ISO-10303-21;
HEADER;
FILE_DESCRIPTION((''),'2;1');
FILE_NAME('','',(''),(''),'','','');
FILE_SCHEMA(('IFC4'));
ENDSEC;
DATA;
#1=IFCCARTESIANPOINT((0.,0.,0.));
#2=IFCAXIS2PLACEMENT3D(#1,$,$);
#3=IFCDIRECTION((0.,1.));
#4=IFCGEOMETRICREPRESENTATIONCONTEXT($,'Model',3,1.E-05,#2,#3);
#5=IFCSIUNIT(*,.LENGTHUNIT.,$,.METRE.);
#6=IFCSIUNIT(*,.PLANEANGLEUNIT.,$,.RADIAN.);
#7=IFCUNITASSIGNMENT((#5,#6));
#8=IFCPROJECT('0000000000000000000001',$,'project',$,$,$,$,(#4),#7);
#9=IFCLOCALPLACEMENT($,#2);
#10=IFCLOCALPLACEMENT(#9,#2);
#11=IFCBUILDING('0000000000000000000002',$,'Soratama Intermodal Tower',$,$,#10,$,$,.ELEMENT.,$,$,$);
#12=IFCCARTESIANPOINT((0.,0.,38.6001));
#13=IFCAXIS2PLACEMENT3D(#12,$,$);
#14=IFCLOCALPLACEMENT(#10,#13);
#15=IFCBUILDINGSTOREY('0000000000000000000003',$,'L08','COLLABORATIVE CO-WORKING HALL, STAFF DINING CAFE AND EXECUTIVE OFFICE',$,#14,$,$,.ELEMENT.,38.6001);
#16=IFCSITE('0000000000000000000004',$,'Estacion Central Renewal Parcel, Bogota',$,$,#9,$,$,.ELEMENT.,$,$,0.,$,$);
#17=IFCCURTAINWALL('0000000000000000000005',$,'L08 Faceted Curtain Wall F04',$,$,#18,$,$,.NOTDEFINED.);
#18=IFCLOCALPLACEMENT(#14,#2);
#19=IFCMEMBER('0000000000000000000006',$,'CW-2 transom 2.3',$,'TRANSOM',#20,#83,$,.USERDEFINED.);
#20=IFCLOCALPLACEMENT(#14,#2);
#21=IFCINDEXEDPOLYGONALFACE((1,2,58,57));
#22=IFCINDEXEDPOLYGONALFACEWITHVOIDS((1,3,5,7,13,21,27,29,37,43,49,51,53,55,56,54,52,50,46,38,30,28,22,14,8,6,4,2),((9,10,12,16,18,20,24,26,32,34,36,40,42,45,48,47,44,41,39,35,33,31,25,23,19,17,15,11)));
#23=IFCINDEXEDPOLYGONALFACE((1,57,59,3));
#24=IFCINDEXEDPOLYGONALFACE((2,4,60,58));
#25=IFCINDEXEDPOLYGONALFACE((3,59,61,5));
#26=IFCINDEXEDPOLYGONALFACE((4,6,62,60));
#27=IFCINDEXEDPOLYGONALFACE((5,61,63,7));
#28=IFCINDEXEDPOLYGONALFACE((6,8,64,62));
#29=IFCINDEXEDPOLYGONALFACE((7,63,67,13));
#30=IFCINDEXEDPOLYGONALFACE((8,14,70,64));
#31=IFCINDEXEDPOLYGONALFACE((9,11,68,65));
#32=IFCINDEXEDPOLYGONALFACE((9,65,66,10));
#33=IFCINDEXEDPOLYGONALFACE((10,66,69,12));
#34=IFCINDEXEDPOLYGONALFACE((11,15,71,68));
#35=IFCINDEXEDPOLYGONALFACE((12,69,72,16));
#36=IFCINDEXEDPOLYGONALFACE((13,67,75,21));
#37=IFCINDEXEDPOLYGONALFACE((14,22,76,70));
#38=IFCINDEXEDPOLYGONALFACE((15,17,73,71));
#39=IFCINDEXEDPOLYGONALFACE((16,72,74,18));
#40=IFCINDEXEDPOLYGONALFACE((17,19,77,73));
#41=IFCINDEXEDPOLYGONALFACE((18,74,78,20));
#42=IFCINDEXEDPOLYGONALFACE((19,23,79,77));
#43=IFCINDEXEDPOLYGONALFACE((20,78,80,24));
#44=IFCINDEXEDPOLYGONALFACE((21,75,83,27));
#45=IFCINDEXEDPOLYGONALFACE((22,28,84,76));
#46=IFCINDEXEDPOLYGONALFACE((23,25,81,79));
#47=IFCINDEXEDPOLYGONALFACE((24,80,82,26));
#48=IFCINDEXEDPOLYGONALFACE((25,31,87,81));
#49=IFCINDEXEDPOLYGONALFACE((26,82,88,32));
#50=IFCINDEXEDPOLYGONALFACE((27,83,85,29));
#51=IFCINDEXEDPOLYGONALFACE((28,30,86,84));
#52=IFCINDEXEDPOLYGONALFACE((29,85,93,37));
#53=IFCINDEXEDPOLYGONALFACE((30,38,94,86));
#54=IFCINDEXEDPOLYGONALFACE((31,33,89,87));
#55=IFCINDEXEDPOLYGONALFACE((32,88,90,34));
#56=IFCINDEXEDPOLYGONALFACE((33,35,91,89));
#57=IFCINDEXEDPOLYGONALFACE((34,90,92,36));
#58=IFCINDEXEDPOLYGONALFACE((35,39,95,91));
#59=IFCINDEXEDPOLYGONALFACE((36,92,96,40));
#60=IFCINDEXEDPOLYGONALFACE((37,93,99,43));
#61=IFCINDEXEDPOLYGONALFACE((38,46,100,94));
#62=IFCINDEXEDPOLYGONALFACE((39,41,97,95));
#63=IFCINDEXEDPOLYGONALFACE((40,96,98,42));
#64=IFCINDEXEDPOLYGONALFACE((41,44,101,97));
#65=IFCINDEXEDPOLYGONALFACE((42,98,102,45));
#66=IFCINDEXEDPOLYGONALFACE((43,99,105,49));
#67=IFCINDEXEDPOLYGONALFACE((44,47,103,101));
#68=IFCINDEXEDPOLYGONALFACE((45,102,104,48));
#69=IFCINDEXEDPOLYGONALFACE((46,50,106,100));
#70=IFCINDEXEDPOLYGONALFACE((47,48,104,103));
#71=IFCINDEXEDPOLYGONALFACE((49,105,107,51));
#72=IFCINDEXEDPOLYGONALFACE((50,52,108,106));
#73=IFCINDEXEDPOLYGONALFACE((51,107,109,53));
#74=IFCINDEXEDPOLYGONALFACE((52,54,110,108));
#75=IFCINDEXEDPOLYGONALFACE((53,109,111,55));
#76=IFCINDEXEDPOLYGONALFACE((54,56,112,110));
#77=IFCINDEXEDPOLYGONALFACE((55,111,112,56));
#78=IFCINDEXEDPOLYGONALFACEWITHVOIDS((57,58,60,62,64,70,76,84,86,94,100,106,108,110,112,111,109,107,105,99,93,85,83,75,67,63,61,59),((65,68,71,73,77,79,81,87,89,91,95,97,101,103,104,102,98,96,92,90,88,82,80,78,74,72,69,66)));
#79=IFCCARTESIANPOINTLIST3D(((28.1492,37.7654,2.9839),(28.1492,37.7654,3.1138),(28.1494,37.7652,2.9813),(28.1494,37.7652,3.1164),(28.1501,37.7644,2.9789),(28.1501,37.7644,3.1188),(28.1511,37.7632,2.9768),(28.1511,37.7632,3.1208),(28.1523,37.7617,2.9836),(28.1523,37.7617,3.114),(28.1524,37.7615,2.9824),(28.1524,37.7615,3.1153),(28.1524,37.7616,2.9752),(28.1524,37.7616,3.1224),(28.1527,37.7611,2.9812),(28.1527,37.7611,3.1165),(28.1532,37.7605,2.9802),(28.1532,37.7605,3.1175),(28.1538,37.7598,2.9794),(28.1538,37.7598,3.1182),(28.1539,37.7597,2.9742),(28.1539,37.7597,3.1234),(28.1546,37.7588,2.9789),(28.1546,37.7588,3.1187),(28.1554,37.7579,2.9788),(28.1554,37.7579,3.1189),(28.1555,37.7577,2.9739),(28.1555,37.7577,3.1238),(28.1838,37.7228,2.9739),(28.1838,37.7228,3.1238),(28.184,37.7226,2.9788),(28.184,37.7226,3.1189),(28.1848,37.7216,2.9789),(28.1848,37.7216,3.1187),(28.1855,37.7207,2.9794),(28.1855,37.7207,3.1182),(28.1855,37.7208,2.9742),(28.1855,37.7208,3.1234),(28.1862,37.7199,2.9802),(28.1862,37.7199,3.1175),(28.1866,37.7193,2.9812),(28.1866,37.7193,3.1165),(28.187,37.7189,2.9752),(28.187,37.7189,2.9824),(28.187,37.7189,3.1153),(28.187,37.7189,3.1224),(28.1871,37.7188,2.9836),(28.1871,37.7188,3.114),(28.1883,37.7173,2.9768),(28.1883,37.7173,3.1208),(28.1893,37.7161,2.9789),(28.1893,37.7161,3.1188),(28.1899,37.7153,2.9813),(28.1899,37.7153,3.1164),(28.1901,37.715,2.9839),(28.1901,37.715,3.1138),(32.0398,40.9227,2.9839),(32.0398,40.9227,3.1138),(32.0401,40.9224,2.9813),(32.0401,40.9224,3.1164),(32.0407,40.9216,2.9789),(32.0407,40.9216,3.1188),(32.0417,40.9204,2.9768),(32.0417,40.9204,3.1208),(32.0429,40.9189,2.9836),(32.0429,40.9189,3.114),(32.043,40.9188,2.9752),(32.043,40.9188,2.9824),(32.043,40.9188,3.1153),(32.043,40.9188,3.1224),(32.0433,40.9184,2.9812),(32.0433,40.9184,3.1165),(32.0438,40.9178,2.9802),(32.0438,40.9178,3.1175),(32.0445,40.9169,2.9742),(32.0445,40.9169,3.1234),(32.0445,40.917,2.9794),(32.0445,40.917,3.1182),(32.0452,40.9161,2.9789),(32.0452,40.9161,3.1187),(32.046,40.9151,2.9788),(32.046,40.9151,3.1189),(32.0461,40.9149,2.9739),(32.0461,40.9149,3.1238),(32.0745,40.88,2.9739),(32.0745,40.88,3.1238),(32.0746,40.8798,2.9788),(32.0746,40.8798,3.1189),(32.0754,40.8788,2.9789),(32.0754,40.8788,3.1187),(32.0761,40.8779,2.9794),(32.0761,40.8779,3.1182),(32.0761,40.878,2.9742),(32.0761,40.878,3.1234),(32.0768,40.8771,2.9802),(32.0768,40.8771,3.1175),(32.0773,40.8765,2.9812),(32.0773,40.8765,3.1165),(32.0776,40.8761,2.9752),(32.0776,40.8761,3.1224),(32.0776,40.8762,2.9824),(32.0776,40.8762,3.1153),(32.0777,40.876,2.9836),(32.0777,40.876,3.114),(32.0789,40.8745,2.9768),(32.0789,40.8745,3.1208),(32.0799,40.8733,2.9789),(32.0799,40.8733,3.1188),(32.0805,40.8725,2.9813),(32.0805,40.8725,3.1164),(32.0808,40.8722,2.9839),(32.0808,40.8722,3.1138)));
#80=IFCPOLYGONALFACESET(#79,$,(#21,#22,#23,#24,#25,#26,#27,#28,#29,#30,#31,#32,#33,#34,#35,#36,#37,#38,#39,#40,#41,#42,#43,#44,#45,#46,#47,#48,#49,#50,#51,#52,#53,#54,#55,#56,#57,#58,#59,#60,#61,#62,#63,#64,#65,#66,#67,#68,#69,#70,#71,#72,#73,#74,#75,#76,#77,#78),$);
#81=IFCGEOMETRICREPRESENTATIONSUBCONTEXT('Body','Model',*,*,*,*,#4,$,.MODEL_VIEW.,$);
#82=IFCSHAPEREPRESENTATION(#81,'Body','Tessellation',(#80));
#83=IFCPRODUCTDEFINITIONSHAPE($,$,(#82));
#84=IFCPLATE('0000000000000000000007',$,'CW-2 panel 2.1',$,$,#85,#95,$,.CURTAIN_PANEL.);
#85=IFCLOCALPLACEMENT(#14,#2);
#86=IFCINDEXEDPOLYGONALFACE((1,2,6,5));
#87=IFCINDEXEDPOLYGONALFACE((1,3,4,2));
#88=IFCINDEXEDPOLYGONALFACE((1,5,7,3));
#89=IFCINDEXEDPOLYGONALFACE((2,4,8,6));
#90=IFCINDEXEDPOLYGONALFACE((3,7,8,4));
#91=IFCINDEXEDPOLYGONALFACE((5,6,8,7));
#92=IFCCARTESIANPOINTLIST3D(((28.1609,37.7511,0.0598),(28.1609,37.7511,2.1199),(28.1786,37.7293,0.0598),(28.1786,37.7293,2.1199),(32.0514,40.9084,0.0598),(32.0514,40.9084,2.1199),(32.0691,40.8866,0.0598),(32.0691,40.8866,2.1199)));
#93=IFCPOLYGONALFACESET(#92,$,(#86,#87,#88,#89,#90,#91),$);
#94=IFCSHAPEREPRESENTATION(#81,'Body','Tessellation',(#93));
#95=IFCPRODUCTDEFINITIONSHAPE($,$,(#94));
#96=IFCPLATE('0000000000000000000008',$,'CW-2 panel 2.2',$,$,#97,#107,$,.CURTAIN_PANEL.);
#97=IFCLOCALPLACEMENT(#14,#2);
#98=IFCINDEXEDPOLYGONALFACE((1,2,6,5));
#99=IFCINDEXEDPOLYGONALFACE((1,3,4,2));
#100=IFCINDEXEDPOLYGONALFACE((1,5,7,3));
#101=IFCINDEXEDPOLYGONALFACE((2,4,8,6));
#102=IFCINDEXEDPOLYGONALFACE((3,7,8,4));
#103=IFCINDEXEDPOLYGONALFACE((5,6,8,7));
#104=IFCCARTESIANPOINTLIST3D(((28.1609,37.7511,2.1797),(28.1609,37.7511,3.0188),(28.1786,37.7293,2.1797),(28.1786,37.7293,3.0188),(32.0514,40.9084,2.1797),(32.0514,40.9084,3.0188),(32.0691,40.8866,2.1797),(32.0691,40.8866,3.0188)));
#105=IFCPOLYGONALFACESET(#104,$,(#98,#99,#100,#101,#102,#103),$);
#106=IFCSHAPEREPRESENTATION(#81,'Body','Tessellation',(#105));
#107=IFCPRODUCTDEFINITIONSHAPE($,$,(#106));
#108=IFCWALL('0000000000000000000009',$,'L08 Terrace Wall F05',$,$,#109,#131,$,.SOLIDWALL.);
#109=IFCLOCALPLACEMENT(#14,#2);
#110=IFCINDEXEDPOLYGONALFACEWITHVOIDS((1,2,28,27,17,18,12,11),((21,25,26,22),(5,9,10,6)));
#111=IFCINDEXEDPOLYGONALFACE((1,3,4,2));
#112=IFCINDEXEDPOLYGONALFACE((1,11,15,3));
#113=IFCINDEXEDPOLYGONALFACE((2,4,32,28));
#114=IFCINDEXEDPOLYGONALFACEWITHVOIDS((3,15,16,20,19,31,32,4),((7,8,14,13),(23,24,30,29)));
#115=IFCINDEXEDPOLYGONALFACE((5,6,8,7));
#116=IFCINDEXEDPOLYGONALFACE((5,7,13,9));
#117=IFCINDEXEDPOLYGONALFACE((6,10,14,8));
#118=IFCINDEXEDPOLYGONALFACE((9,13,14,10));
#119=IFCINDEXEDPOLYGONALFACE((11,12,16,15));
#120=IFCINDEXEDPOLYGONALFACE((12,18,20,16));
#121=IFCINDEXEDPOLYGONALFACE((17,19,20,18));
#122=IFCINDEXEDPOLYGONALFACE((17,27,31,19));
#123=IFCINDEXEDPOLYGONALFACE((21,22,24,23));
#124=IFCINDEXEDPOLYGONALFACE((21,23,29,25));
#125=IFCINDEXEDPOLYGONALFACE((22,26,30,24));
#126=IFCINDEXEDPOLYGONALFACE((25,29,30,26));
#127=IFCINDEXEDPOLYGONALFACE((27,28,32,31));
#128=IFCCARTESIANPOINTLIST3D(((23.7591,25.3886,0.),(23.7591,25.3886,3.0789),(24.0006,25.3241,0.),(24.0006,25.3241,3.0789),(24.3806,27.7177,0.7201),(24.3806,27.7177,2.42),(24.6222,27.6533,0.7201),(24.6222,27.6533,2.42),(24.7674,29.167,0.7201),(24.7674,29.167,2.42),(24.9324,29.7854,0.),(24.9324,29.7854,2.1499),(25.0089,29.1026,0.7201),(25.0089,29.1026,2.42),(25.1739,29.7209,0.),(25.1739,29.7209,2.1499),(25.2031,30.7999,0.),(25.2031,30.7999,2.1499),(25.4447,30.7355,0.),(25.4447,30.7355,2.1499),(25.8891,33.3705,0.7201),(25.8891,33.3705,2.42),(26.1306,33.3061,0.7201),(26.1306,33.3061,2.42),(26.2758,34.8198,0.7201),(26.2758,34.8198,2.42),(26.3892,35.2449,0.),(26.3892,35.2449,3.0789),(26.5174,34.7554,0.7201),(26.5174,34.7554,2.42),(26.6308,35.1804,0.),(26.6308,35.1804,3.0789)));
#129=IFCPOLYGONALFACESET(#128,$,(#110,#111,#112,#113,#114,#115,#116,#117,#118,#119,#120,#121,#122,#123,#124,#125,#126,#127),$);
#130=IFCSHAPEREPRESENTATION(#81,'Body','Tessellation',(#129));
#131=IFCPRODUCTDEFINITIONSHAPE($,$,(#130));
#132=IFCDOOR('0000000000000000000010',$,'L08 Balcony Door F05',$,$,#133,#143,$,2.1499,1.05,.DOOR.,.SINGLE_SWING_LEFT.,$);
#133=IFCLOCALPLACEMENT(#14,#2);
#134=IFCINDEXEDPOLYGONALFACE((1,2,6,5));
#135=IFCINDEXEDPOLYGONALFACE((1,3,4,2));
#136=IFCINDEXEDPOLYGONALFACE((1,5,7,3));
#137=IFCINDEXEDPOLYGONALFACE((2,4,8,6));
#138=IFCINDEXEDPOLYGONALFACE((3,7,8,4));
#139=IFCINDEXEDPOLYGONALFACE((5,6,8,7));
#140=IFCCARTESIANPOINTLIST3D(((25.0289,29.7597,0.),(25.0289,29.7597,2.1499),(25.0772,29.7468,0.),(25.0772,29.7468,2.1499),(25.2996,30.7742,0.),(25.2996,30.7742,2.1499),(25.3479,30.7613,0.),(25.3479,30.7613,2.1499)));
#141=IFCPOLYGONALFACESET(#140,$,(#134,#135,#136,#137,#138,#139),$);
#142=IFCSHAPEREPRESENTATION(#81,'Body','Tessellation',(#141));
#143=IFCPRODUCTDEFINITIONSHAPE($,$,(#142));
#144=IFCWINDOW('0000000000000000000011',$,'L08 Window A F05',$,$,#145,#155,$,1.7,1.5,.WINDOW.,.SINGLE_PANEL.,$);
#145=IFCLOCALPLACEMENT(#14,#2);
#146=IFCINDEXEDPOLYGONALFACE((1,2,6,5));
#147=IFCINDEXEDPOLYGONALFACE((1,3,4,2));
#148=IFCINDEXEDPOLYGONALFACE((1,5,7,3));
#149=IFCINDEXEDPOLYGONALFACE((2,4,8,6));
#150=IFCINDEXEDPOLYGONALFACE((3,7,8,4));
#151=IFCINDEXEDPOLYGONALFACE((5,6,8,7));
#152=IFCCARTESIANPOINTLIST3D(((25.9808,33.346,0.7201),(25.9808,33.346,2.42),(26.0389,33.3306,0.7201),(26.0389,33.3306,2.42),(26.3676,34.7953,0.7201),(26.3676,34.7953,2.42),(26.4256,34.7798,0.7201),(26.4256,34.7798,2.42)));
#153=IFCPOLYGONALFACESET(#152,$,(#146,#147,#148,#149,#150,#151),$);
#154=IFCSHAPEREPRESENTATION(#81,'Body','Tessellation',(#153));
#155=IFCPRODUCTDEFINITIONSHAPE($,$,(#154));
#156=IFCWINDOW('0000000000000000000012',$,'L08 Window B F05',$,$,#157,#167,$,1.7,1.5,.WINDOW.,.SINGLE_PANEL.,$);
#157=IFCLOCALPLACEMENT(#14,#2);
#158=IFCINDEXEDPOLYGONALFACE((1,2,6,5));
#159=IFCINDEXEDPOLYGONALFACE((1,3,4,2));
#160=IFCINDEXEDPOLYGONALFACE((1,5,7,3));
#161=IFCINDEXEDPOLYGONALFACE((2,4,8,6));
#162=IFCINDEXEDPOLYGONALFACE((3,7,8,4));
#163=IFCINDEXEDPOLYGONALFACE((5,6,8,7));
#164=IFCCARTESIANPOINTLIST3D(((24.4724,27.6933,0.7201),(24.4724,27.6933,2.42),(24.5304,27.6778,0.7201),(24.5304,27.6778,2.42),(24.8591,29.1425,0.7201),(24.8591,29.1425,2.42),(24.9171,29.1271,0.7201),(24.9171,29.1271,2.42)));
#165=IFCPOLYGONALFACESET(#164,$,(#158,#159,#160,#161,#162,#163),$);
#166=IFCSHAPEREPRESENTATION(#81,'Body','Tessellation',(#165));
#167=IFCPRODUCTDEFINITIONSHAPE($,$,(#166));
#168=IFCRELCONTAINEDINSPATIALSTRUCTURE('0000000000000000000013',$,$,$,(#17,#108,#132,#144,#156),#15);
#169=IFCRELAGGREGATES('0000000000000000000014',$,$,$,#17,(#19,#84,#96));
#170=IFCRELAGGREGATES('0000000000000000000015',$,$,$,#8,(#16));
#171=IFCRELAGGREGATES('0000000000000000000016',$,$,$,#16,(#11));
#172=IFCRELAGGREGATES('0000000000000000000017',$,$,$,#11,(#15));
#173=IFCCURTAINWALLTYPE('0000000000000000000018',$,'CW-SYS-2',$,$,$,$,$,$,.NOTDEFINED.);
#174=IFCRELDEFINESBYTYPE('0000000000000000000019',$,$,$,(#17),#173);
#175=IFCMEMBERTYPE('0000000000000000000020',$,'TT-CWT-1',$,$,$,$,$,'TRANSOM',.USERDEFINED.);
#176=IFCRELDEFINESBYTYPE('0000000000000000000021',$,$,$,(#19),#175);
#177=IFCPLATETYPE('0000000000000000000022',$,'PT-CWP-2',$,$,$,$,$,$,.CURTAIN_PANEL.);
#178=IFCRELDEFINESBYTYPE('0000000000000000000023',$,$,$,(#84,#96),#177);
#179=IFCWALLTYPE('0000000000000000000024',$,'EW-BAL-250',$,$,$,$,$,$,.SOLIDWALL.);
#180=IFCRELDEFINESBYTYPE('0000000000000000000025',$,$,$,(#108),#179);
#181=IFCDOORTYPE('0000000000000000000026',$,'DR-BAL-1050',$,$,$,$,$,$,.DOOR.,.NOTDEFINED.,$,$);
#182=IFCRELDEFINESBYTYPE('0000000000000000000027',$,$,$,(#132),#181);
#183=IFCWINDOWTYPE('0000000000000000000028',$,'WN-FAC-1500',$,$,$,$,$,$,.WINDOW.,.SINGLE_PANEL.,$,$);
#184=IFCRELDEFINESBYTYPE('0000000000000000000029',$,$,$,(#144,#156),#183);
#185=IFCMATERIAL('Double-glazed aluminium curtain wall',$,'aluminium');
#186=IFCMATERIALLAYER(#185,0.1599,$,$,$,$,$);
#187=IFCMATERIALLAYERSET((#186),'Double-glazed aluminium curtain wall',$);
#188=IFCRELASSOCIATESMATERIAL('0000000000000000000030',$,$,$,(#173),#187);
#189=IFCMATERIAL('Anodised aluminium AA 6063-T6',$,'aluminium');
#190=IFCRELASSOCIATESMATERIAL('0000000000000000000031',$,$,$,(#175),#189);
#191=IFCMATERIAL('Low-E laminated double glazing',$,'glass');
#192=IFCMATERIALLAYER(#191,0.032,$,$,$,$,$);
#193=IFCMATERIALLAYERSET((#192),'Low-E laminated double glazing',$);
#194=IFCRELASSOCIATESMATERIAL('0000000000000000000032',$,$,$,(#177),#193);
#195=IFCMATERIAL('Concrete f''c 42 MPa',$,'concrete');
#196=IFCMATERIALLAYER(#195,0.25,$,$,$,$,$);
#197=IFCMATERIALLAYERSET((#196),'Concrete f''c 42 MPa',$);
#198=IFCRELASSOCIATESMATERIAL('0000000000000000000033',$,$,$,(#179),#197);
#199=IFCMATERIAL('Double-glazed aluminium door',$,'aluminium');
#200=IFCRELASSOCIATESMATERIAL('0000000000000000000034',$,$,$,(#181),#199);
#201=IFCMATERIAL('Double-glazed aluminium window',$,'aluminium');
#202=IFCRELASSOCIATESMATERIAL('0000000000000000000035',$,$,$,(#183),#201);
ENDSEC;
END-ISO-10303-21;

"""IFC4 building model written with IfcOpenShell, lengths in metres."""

from ifc_helpers import new_model, si_unit, direction, frame, frame_2d, origin, origin_2d, place, context, subcontext, project, spatial, rectangle, hollow_rectangle, extrude, material, layer, layer_set, material_profile, profile_set, type_object, element, fill, aggregate, save


model = new_model("IFC4")

# Units and contexts
model_context = context("Model", 3, precision=1e-05, world=origin(), true_north=direction((0.0, 1.0)))
body_context = subcontext(model_context, "Body", "Model", "MODEL_VIEW")
ifc_project = project(units=[si_unit("LENGTHUNIT", "METRE"), si_unit("PLANEANGLEUNIT", "RADIAN")], contexts=[model_context])

# Site, building, storey
site_placement = place(None, origin())
site = spatial("IfcSite", under=ifc_project, at=site_placement, Name="Estacion Central Renewal Parcel, Bogota", CompositionType="ELEMENT", RefElevation=0.0)
building_placement = place(site_placement, origin())
building = spatial("IfcBuilding", under=site, at=building_placement, Name="Soratama Intermodal Tower", CompositionType="ELEMENT")
storey_placement = place(building_placement, frame((0.0, 0.0, 38.6001)))
storey = spatial("IfcBuildingStorey", under=building, at=storey_placement, Name="L08", Description="COLLABORATIVE CO-WORKING HALL, STAFF DINING CAFE AND EXECUTIVE OFFICE", CompositionType="ELEMENT", Elevation=38.6001)

# Curtain wall, member, plates
ifc_material_1 = material(Name="Double-glazed aluminium curtain wall", Category="aluminium")
ifc_layer_1 = layer(ifc_material_1, 0.1599)
ifc_layer_set_1 = layer_set([ifc_layer_1], Name="Double-glazed aluminium curtain wall")
curtain_wall_type = type_object("IfcCurtainWallType", Name="CW-SYS-2", PredefinedType="NOTDEFINED", material=ifc_layer_set_1)
curtain_wall_placement = place(storey_placement, origin())
curtain_wall = element("IfcCurtainWall", 1, at=curtain_wall_placement, inside=storey, type_object=curtain_wall_type, Name="L08 Faceted Curtain Wall F04", PredefinedType="NOTDEFINED")
ifc_material_2 = material(Name="Anodised aluminium AA 6063-T6", Category="aluminium")
ifc_material_profile_1 = material_profile(ifc_material_2, hollow_rectangle(XDim=0.0649, YDim=0.1499, WallThickness=0.0049, InnerFilletRadius=0.0049, OuterFilletRadius=0.01, at=origin_2d()), Name="CWT150X65X5")
ifc_profile_set_1 = profile_set([ifc_material_profile_1], Name="Anodised aluminium AA 6063-T6")
member_type_1 = type_object("IfcMemberType", Name="TT-CWT-1", ElementType="TRANSOM", PredefinedType="USERDEFINED", material=ifc_profile_set_1)
member_1_placement = place(storey_placement, frame((32.0603, 40.8975, 3.0488), z_axis=(-0.776495, -0.630123, 0.0), x_axis=(0.630123, -0.776495, 0.0)))
member_1 = element("IfcMember", 2, at=member_1_placement, type_object=member_type_1, Name="CW-2 transom 2.3", ObjectType="TRANSOM", PredefinedType="USERDEFINED", context=body_context, shape_type="SweptSolid", body=[
    extrude(hollow_rectangle(XDim=0.0649, YDim=0.1499, WallThickness=0.0049, InnerFilletRadius=0.0049, OuterFilletRadius=0.01, at=origin_2d()), origin(), (0.0, 0.0, 1.0), 5.0105),
])
ifc_material_3 = material(Name="Low-E laminated double glazing", Category="glass")
ifc_layer_2 = layer(ifc_material_3, 0.032)
ifc_layer_set_2 = layer_set([ifc_layer_2], Name="Low-E laminated double glazing")
plate_type = type_object("IfcPlateType", Name="PT-CWP-2", PredefinedType="CURTAIN_PANEL", material=ifc_layer_set_2)
plate_1_placement = place(storey_placement, frame((30.115, 39.3188, 0.0598), z_axis=(0.0, 0.0, 1.0), x_axis=(-0.776484, -0.630137, 0.0)))
plate_1 = element("IfcPlate", 3, at=plate_1_placement, type_object=plate_type, Name="CW-2 panel 2.1", PredefinedType="CURTAIN_PANEL", context=body_context, shape_type="SweptSolid", body=[
    extrude(rectangle(XDim=5.0105, YDim=0.0281, at=origin_2d()), origin(), (0.0, 0.0, 1.0), 2.0601),
])
plate_2_placement = place(storey_placement, frame((30.115, 39.3188, 2.1797), z_axis=(0.0, 0.0, 1.0), x_axis=(-0.776484, -0.630137, 0.0)))
plate_2 = element("IfcPlate", 4, at=plate_2_placement, type_object=plate_type, Name="CW-2 panel 2.2", PredefinedType="CURTAIN_PANEL", context=body_context, shape_type="SweptSolid", body=[
    extrude(rectangle(XDim=5.0105, YDim=0.0281, at=origin_2d()), origin(), (0.0, 0.0, 1.0), 0.8391),
])
aggregate(curtain_wall, [member_1, plate_1, plate_2])

# Wall, openings, door, windows
ifc_material_4 = material(Name="Concrete f'c 42 MPa", Category="concrete")
ifc_layer_3 = layer(ifc_material_4, 0.25)
ifc_layer_set_3 = layer_set([ifc_layer_3], Name="Concrete f'c 42 MPa")
wall_type_1 = type_object("IfcWallType", Name="EW-BAL-250", PredefinedType="SOLIDWALL", material=ifc_layer_set_3)
wall_1_placement = place(storey_placement, frame((26.51, 35.2126, 0.0), z_axis=(0.0, 0.0, 1.0), x_axis=(-0.257828, -0.966191, 0.0)))
wall_1 = element("IfcWall", 5, at=wall_1_placement, inside=storey, type_object=wall_type_1, Name="L08 Terrace Wall F05", PredefinedType="SOLIDWALL", context=body_context, shape_type="SweptSolid", body=[
    extrude(rectangle(XDim=10.2012, YDim=0.25, at=frame_2d((5.1006, 0.0))), origin(), (0.0, 0.0, 1.0), 3.0789),
])
opening_1_placement = place(wall_1_placement, frame((4.6006, 0.0, 0.0)))
opening_1 = element("IfcOpeningElement", 6, at=opening_1_placement, cuts=wall_1, PredefinedType="OPENING", context=body_context, shape_type="SweptSolid", body=[
    extrude(rectangle(XDim=1.05, YDim=2.1499, at=frame_2d((0.5249, 1.075))), frame((0.0, 0.135, 0.0), z_axis=(0.0, -1.0, 0.0), x_axis=(1.0, 0.0, 0.0)), (0.0, 0.0, 1.0), 0.27),
])
opening_2_placement = place(wall_1_placement, frame((0.4399, 0.0, 0.72)))
opening_2 = element("IfcOpeningElement", 7, at=opening_2_placement, cuts=wall_1, PredefinedType="OPENING", context=body_context, shape_type="SweptSolid", body=[
    extrude(rectangle(XDim=1.5, YDim=1.7, at=frame_2d((0.75, 0.8501))), frame((0.0, 0.135, 0.0), z_axis=(0.0, -1.0, 0.0), x_axis=(1.0, 0.0, 0.0)), (0.0, 0.0, 1.0), 0.27),
])
opening_3_placement = place(wall_1_placement, frame((6.2905, 0.0, 0.72)))
opening_3 = element("IfcOpeningElement", 8, at=opening_3_placement, cuts=wall_1, PredefinedType="OPENING", context=body_context, shape_type="SweptSolid", body=[
    extrude(rectangle(XDim=1.5, YDim=1.7, at=frame_2d((0.75, 0.8501))), frame((0.0, 0.135, 0.0), z_axis=(0.0, -1.0, 0.0), x_axis=(1.0, 0.0, 0.0)), (0.0, 0.0, 1.0), 0.27),
])
ifc_material_5 = material(Name="Double-glazed aluminium door", Category="aluminium")
door_type_1 = type_object("IfcDoorType", Name="DR-BAL-1050", OperationType="NOTDEFINED", PredefinedType="DOOR", material=ifc_material_5)
door_1_placement = place(opening_1_placement, origin())
door_1 = element("IfcDoor", 9, at=door_1_placement, inside=storey, type_object=door_type_1, Name="L08 Balcony Door F05", OperationType="SINGLE_SWING_LEFT", OverallHeight=2.1499, OverallWidth=1.05, PredefinedType="DOOR", context=body_context, shape_type="SweptSolid", body=[
    extrude(rectangle(XDim=1.05, YDim=2.1499, at=frame_2d((0.5249, 1.075))), frame((0.0, 0.0249, 0.0), z_axis=(0.0, -1.0, 0.0), x_axis=(1.0, 0.0, 0.0)), (0.0, 0.0, 1.0), 0.05),
])
fill(opening_1, door_1)
ifc_material_6 = material(Name="Double-glazed aluminium window", Category="aluminium")
window_type_1 = type_object("IfcWindowType", Name="WN-FAC-1500", PartitioningType="SINGLE_PANEL", PredefinedType="WINDOW", material=ifc_material_6)
window_1_placement = place(opening_2_placement, origin())
window_1 = element("IfcWindow", 10, at=window_1_placement, inside=storey, type_object=window_type_1, Name="L08 Window A F05", OverallHeight=1.7, OverallWidth=1.5, PartitioningType="SINGLE_PANEL", PredefinedType="WINDOW", context=body_context, shape_type="SweptSolid", body=[
    extrude(rectangle(XDim=1.5, YDim=1.7, at=frame_2d((0.75, 0.8501))), frame((0.0, 0.03, 0.0), z_axis=(0.0, -1.0, 0.0), x_axis=(1.0, 0.0, 0.0)), (0.0, 0.0, 1.0), 0.0601),
])
fill(opening_2, window_1)
window_2_placement = place(opening_3_placement, origin())
window_2 = element("IfcWindow", 11, at=window_2_placement, inside=storey, type_object=window_type_1, Name="L08 Window B F05", OverallHeight=1.7, OverallWidth=1.5, PartitioningType="SINGLE_PANEL", PredefinedType="WINDOW", context=body_context, shape_type="SweptSolid", body=[
    extrude(rectangle(XDim=1.5, YDim=1.7, at=frame_2d((0.75, 0.8501))), frame((0.0, 0.03, 0.0), z_axis=(0.0, -1.0, 0.0), x_axis=(1.0, 0.0, 0.0)), (0.0, 0.0, 1.0), 0.0601),
])
fill(opening_3, window_2)

save(model, "model.ifc")
